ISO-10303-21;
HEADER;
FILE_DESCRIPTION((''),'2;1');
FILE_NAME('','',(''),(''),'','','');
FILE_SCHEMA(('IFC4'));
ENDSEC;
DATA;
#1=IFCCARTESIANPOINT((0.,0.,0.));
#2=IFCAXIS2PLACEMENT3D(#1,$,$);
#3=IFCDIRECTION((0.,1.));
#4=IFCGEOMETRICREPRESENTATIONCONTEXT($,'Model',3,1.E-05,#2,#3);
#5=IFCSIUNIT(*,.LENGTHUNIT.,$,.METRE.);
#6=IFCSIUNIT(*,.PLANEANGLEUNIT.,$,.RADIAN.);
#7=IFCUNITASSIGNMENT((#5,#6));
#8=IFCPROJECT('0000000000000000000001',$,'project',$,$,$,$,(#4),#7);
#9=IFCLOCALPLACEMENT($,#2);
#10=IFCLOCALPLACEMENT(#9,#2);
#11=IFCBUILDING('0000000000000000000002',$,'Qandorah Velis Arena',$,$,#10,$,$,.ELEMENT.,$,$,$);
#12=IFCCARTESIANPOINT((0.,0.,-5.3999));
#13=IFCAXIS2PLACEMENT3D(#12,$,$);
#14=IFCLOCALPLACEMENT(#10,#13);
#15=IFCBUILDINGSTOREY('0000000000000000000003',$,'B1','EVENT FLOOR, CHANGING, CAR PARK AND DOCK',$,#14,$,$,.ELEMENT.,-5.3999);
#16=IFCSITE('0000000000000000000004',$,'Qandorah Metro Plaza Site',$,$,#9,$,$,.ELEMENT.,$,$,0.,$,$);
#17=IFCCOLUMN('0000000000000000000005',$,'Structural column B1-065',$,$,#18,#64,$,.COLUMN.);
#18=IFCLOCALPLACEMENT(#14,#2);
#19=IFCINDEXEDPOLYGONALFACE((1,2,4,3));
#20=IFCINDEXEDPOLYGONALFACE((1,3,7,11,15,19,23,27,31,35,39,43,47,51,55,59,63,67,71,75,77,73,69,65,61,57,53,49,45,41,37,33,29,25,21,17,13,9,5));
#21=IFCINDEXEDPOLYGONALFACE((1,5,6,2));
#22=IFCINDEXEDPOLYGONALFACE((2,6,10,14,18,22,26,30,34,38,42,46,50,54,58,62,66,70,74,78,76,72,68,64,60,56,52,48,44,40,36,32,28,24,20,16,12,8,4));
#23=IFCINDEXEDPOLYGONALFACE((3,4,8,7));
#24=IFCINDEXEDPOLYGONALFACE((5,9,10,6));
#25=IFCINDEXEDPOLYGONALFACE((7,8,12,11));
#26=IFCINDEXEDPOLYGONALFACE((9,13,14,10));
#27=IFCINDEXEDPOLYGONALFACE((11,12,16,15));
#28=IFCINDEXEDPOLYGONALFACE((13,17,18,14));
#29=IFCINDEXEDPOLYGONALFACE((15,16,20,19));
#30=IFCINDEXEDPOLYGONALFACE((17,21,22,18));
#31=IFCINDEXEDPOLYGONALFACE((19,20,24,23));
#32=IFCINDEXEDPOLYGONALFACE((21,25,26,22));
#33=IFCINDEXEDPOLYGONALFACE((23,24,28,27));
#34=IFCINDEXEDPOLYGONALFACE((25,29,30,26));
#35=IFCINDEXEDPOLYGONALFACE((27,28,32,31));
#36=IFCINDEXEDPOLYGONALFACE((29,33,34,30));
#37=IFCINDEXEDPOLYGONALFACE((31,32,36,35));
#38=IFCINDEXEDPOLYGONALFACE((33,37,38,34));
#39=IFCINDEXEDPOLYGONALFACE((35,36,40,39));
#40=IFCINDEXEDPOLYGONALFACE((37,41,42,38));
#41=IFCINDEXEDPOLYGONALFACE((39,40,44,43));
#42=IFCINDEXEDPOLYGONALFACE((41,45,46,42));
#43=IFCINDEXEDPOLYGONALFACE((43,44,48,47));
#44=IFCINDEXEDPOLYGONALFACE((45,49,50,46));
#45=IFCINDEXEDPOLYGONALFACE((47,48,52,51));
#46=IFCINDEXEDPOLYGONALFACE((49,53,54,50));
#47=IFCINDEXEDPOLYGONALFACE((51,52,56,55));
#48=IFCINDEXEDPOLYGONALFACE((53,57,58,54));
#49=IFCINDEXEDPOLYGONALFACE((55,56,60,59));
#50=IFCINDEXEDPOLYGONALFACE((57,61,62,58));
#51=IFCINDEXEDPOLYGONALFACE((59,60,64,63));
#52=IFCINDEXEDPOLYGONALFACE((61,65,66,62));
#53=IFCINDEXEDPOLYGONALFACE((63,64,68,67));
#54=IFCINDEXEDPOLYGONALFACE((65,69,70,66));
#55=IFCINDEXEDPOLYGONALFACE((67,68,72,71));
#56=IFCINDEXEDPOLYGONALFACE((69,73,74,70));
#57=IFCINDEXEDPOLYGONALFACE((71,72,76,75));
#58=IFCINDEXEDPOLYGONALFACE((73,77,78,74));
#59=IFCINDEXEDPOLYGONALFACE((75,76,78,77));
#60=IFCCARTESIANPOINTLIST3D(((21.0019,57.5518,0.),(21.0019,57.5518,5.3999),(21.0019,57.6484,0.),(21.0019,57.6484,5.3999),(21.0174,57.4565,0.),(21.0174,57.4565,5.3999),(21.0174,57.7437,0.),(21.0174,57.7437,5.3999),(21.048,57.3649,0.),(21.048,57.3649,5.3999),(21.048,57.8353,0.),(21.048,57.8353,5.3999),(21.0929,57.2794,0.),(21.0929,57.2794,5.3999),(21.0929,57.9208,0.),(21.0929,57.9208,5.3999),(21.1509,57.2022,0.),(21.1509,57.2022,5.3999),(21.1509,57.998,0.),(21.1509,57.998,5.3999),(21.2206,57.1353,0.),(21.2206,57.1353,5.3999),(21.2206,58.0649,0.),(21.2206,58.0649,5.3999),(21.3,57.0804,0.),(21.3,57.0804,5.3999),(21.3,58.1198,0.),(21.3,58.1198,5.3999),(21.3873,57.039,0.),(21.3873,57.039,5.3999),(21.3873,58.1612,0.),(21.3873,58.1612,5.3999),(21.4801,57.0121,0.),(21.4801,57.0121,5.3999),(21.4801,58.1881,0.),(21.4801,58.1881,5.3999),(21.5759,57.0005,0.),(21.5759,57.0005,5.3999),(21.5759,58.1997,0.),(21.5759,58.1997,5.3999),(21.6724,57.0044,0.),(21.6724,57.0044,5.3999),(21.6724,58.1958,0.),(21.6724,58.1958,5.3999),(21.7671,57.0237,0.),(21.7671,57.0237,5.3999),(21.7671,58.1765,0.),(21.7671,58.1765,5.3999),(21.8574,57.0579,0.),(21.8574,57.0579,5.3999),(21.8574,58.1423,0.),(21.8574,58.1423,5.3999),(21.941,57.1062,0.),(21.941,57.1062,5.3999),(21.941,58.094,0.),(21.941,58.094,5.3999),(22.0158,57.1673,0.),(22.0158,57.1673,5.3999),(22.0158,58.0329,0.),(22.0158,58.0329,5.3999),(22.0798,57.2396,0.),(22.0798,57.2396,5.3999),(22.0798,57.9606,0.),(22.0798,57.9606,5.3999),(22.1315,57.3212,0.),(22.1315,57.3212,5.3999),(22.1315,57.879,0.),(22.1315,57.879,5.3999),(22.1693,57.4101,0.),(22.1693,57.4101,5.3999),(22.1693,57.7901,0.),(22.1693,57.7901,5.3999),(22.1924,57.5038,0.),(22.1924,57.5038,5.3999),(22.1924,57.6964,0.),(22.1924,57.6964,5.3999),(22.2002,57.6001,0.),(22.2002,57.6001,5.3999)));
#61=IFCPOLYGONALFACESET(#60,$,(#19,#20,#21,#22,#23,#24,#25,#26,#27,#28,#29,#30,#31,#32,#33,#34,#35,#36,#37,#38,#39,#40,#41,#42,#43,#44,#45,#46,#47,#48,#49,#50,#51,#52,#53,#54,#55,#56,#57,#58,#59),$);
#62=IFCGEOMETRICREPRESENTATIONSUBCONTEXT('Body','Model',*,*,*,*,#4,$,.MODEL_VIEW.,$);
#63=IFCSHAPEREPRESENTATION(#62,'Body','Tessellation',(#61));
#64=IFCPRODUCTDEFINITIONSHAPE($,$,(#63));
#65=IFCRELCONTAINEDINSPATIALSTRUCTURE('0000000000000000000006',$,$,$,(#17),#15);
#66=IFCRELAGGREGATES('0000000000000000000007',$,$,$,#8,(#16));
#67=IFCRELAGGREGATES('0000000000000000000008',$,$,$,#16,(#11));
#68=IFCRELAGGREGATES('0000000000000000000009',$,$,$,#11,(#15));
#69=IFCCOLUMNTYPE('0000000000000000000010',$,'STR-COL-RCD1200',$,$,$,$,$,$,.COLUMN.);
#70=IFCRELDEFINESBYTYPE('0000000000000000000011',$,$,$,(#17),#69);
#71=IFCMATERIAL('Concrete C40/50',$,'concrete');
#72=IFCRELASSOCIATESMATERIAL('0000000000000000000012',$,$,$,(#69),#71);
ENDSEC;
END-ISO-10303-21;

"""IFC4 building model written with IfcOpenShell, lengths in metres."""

from ifc_helpers import new_model, si_unit, direction, frame, origin, origin_2d, place, context, subcontext, project, spatial, circle, extrude, material, material_profile, profile_set, type_object, element, save


model = new_model("IFC4")

# Units and contexts
model_context = context("Model", 3, precision=1e-05, world=origin(), true_north=direction((0.0, 1.0)))
body_context = subcontext(model_context, "Body", "Model", "MODEL_VIEW")
ifc_project = project(units=[si_unit("LENGTHUNIT", "METRE"), si_unit("PLANEANGLEUNIT", "RADIAN")], contexts=[model_context])

# Site, building, storey
site_placement = place(None, origin())
site = spatial("IfcSite", under=ifc_project, at=site_placement, Name="Qandorah Metro Plaza Site", CompositionType="ELEMENT", RefElevation=0.0)
building_placement = place(site_placement, origin())
building = spatial("IfcBuilding", under=site, at=building_placement, Name="Qandorah Velis Arena", CompositionType="ELEMENT")
storey_placement = place(building_placement, frame((0.0, 0.0, -5.3999)))
storey = spatial("IfcBuildingStorey", under=building, at=storey_placement, Name="B1", Description="EVENT FLOOR, CHANGING, CAR PARK AND DOCK", CompositionType="ELEMENT", Elevation=-5.3999)

# Shared definitions
ifc_material_1 = material(Name="Concrete C40/50", Category="concrete")

# Column
ifc_material_profile_1 = material_profile(ifc_material_1, circle(Radius=0.6001, at=origin_2d()), Name="RC D1200")
ifc_profile_set_1 = profile_set([ifc_material_profile_1], Name="Concrete C40/50")
column_type_1 = type_object("IfcColumnType", Name="STR-COL-RCD1200", PredefinedType="COLUMN", material=ifc_profile_set_1)
column_1_placement = place(storey_placement, frame((21.6001, 57.6001, 0.0), z_axis=(0.0, 0.0, 1.0), x_axis=(1.0, 0.0, 0.0)))
element("IfcColumn", 1, at=column_1_placement, inside=storey, type_object=column_type_1, Name="Structural column B1-065", PredefinedType="COLUMN", context=body_context, shape_type="SweptSolid", body=[
    extrude(circle(Radius=0.6001, at=origin_2d()), origin(), (0.0, 0.0, 1.0), 5.3999),
])

save(model, "model.ifc")
